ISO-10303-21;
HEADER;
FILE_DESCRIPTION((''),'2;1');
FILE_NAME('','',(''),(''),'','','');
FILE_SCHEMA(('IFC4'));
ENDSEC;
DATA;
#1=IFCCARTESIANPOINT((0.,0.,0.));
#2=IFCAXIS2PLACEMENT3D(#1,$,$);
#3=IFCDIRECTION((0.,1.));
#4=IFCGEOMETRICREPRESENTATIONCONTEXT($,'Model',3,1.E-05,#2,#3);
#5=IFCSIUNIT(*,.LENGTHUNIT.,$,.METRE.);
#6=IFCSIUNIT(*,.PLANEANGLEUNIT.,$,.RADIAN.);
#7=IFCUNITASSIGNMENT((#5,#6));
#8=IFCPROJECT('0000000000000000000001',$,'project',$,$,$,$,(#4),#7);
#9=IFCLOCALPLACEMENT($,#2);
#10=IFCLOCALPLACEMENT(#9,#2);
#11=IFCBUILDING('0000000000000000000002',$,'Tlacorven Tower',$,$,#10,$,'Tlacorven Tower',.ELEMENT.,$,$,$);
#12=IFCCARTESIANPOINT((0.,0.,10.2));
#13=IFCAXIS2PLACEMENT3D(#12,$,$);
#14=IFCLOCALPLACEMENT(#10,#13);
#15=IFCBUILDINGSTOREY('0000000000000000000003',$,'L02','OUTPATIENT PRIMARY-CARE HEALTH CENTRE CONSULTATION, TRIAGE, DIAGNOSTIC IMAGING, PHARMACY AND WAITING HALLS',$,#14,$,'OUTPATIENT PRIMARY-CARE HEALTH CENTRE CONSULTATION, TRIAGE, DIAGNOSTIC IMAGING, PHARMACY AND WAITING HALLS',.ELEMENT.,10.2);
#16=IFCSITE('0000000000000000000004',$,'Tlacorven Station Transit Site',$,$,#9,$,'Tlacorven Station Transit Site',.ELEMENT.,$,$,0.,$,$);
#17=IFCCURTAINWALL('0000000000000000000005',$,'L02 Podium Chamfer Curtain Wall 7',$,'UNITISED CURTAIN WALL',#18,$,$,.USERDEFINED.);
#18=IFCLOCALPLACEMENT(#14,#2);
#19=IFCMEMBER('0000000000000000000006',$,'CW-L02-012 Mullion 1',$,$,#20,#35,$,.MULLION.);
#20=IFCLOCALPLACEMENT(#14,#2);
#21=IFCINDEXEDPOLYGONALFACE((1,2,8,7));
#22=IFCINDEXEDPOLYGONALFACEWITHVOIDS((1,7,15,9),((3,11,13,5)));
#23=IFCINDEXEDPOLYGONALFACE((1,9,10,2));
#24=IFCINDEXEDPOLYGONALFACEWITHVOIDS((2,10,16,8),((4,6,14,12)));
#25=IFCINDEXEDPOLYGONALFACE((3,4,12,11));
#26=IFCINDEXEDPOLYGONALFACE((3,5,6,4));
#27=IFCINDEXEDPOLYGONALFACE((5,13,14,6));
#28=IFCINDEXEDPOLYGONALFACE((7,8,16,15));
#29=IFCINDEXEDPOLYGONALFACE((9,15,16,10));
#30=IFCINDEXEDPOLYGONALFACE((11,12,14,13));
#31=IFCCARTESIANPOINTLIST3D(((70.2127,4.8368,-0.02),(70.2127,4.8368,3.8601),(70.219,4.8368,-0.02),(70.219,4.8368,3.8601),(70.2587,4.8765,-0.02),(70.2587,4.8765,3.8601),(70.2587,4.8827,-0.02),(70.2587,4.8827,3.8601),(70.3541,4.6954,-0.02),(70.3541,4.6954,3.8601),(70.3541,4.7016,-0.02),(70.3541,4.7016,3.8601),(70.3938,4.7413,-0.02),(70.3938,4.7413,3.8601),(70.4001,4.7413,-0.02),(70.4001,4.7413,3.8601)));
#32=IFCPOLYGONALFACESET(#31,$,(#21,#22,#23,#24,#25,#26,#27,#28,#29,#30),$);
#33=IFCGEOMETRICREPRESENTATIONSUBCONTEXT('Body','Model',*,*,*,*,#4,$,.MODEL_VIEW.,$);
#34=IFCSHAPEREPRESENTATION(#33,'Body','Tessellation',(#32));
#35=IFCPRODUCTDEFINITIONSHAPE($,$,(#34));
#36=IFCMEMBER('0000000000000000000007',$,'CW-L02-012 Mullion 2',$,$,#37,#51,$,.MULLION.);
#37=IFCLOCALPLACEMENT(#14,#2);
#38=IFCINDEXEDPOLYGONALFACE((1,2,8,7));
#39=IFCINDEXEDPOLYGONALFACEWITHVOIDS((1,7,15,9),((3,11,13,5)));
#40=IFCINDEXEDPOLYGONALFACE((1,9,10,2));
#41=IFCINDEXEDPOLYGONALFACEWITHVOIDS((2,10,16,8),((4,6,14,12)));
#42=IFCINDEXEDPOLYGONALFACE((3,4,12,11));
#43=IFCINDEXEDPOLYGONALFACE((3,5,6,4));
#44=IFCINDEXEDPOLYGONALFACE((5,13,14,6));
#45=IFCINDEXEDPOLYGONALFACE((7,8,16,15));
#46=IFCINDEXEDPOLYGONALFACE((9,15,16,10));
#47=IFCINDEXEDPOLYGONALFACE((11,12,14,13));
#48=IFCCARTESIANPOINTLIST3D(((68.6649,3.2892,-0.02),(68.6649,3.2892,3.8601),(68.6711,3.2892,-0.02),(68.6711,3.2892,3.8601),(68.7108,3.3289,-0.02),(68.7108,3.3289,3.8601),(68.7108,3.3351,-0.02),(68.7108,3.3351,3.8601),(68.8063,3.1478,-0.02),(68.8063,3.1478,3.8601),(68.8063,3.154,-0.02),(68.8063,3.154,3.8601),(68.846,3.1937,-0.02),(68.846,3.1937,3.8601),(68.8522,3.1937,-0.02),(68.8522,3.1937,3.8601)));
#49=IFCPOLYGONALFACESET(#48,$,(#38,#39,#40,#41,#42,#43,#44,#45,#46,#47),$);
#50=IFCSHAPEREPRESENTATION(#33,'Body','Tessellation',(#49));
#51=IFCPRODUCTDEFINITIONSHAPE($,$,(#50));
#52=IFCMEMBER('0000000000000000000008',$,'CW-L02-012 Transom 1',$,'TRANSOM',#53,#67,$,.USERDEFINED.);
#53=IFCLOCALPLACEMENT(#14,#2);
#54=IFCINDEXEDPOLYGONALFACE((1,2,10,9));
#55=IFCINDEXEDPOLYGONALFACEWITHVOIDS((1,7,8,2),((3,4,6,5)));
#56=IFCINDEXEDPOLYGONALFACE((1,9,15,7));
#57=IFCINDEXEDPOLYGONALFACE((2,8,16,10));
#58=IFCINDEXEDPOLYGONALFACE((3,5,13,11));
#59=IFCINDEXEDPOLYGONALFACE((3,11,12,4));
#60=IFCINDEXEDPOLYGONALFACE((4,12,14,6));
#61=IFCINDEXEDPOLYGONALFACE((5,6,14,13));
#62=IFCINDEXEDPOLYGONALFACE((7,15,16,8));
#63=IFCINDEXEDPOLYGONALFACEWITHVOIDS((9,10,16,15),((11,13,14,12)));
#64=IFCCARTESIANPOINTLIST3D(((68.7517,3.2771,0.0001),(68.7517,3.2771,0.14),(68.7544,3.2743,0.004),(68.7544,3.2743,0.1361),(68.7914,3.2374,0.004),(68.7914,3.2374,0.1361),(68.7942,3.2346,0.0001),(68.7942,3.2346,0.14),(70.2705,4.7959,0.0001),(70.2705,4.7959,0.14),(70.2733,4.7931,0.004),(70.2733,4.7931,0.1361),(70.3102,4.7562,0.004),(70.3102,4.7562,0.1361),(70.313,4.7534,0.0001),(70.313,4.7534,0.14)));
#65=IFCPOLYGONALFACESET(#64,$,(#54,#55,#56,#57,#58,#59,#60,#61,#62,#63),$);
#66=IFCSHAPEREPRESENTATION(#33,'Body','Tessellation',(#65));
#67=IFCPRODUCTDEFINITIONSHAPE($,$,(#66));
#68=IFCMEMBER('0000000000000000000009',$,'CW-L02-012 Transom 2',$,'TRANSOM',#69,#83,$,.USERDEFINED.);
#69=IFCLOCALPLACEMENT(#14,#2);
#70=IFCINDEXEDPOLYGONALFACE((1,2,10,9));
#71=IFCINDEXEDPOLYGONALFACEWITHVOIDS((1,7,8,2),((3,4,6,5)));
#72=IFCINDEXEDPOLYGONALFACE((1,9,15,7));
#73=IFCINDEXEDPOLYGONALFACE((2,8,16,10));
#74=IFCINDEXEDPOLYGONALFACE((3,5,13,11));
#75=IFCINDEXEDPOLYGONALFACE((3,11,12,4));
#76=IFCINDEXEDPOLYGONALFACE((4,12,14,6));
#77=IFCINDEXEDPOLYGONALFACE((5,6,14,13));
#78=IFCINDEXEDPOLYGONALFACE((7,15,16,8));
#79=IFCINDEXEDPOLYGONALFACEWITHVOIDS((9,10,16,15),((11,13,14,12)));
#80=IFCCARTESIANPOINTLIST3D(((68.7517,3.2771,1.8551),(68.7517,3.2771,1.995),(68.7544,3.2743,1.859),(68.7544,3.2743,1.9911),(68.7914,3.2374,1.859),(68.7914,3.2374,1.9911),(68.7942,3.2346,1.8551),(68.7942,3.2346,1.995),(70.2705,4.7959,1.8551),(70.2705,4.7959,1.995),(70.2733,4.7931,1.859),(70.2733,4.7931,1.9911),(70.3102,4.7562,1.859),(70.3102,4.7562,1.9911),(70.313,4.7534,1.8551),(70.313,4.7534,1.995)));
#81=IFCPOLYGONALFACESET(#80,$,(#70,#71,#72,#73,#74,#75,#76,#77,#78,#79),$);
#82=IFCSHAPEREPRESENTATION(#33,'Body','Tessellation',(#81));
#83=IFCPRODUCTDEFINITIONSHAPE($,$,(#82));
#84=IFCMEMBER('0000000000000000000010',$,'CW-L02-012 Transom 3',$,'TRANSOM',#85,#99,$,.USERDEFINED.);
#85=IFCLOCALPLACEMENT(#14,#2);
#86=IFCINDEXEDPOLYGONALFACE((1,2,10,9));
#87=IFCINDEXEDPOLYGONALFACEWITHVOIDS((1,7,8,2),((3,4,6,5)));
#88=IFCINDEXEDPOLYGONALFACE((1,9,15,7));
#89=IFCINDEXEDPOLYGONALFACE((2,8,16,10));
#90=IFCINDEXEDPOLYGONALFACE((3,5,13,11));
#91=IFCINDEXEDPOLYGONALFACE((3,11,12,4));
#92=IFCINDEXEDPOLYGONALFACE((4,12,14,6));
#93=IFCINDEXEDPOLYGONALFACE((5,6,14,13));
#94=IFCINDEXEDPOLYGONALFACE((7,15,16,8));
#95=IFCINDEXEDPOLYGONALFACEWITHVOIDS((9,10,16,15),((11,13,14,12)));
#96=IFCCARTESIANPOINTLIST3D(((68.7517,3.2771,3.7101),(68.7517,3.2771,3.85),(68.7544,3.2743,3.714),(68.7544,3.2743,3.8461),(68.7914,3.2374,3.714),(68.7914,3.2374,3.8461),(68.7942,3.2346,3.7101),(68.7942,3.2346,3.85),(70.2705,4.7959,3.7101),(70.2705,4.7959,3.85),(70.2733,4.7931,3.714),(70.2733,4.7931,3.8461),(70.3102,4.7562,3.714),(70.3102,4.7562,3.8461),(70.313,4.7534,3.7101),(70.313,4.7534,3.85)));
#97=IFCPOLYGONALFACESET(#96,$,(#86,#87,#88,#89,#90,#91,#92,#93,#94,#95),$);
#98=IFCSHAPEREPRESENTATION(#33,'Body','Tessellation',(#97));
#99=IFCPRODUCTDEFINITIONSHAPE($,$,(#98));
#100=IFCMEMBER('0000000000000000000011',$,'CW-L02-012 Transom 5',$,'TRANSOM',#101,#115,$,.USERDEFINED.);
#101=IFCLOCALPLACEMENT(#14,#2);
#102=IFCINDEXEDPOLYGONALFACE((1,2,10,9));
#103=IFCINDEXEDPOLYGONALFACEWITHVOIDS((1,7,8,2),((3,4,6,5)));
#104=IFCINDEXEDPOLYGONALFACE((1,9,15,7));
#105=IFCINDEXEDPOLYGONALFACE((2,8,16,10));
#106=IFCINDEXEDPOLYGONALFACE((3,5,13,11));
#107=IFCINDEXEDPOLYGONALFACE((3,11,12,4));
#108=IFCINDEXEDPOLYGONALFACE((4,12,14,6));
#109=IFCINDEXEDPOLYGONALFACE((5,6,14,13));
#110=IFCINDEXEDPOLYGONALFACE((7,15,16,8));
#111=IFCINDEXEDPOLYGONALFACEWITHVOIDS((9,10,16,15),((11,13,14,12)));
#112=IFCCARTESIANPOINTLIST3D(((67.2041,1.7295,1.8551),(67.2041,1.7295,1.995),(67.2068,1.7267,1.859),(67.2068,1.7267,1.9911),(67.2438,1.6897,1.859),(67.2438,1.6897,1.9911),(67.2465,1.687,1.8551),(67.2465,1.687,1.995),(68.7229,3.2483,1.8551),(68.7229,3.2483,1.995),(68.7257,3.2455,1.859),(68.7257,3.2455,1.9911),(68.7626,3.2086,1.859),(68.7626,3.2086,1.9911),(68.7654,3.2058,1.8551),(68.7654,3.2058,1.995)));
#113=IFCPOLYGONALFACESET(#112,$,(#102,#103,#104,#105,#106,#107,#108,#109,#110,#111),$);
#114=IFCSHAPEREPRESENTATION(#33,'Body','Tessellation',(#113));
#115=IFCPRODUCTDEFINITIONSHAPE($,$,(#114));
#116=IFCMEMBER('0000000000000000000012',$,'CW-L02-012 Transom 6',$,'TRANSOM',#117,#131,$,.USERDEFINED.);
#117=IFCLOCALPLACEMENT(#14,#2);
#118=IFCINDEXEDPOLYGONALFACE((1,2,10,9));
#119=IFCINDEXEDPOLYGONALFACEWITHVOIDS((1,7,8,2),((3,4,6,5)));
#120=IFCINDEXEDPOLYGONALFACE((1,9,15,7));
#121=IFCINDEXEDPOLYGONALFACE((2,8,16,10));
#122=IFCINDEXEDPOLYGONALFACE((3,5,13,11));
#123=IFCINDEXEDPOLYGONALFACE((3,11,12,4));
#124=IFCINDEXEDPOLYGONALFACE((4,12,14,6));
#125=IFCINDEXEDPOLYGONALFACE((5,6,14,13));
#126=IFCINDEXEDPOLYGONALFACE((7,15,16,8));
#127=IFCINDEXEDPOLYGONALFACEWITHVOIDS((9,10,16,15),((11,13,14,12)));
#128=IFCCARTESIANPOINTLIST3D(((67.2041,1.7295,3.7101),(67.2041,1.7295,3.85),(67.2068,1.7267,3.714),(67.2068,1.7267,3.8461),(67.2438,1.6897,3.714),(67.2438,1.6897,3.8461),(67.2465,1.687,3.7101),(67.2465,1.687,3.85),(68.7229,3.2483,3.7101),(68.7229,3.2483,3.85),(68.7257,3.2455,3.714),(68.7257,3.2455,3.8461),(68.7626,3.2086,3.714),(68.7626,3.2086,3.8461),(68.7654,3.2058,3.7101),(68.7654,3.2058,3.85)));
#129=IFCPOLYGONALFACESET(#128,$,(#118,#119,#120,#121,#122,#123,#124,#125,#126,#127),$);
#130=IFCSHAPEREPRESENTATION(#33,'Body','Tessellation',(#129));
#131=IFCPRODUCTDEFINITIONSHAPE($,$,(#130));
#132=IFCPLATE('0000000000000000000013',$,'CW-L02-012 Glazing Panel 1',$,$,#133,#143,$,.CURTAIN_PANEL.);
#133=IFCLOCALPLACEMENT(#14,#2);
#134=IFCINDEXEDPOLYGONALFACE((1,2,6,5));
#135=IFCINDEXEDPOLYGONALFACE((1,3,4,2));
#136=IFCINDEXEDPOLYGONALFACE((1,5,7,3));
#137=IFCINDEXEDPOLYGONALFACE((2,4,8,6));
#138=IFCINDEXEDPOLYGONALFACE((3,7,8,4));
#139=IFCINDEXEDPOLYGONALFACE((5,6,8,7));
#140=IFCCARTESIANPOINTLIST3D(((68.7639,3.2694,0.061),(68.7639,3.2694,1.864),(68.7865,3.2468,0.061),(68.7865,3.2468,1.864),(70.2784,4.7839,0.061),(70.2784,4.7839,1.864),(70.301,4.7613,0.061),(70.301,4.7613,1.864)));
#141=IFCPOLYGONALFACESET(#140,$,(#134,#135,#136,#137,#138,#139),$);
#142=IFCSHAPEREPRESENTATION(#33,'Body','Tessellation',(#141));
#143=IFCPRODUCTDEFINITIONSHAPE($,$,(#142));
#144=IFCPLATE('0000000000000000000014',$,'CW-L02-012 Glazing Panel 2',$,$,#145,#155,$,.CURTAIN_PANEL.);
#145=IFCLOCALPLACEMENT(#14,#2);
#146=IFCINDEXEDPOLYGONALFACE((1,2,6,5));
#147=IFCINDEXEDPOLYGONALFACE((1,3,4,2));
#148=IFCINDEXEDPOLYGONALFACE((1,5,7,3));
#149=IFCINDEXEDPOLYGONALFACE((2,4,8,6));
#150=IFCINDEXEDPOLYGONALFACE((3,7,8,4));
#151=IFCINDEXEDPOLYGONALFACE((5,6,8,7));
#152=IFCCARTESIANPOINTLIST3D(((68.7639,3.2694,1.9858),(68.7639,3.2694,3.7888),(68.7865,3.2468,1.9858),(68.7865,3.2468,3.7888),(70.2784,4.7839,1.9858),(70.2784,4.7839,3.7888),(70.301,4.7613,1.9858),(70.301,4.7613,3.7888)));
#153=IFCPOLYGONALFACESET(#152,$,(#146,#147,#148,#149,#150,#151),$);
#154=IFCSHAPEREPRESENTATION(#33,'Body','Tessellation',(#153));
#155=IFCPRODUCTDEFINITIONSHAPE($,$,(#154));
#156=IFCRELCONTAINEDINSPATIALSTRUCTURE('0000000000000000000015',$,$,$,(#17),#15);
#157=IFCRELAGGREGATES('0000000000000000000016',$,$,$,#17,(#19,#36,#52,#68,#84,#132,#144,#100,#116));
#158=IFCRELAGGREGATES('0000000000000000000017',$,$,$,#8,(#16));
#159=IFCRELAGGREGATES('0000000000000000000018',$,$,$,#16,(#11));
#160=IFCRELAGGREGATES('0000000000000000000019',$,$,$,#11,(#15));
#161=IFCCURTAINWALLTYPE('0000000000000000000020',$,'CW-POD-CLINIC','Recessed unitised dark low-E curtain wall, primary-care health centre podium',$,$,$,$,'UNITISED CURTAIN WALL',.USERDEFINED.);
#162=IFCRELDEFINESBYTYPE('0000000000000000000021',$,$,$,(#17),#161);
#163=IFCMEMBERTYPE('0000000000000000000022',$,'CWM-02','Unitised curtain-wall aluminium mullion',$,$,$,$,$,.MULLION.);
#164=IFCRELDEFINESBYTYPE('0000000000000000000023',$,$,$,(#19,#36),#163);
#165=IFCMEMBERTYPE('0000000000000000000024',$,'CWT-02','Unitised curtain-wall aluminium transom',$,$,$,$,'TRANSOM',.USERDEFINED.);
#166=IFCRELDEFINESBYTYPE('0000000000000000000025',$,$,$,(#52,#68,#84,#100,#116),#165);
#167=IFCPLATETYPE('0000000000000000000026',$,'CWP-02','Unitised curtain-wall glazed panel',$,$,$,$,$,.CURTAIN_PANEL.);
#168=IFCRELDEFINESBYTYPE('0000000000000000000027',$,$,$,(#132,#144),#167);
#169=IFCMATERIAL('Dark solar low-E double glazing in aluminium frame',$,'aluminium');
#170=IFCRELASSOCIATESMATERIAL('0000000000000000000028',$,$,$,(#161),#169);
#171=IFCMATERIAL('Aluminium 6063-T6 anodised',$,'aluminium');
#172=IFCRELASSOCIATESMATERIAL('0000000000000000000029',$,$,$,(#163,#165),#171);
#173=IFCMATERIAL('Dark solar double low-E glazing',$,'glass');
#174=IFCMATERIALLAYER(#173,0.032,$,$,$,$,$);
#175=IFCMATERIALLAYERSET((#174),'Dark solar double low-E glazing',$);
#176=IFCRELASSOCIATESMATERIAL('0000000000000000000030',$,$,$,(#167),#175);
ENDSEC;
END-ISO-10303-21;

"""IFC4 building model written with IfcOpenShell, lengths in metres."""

from ifc_helpers import new_model, si_unit, direction, frame, origin, origin_2d, place, context, subcontext, project, spatial, rectangle, hollow_rectangle, extrude, source, transform, mapped, material, layer, layer_set, material_profile, profile_set, type_object, element, aggregate, save


model = new_model("IFC4")

# Units and contexts
model_context = context("Model", 3, precision=1e-05, world=origin(), true_north=direction((0.0, 1.0)))
body_context = subcontext(model_context, "Body", "Model", "MODEL_VIEW")
ifc_project = project(units=[si_unit("LENGTHUNIT", "METRE"), si_unit("PLANEANGLEUNIT", "RADIAN")], contexts=[model_context])

# Site, building, storey
site_placement = place(None, origin())
site = spatial("IfcSite", under=ifc_project, at=site_placement, Name="Tlacorven Station Transit Site", LongName="Tlacorven Station Transit Site", CompositionType="ELEMENT", RefElevation=0.0)
building_placement = place(site_placement, origin())
building = spatial("IfcBuilding", under=site, at=building_placement, Name="Tlacorven Tower", LongName="Tlacorven Tower", CompositionType="ELEMENT")
storey_placement = place(building_placement, frame((0.0, 0.0, 10.2)))
storey = spatial("IfcBuildingStorey", under=building, at=storey_placement, Name="L02", Description="OUTPATIENT PRIMARY-CARE HEALTH CENTRE CONSULTATION, TRIAGE, DIAGNOSTIC IMAGING, PHARMACY AND WAITING HALLS", LongName="OUTPATIENT PRIMARY-CARE HEALTH CENTRE CONSULTATION, TRIAGE, DIAGNOSTIC IMAGING, PHARMACY AND WAITING HALLS", CompositionType="ELEMENT", Elevation=10.2)

# Curtain wall, members, plates
ifc_material_1 = material(Name="Dark solar low-E double glazing in aluminium frame", Category="aluminium")
curtain_wall_type = type_object("IfcCurtainWallType", Name="CW-POD-CLINIC", Description="Recessed unitised dark low-E curtain wall, primary-care health centre podium", ElementType="UNITISED CURTAIN WALL", PredefinedType="USERDEFINED", material=ifc_material_1)
curtain_wall_placement = place(storey_placement, origin())
curtain_wall = element("IfcCurtainWall", 1, at=curtain_wall_placement, inside=storey, type_object=curtain_wall_type, Name="L02 Podium Chamfer Curtain Wall 7", ObjectType="UNITISED CURTAIN WALL", PredefinedType="USERDEFINED")
ifc_material_2 = material(Name="Aluminium 6063-T6 anodised", Category="aluminium")
ifc_material_profile_1 = material_profile(ifc_material_2, hollow_rectangle(XDim=0.0649, YDim=0.2, WallThickness=0.0044, at=origin_2d()), Name="ALU MULLION 65X200")
ifc_profile_set_1 = profile_set([ifc_material_profile_1], Name="Aluminium 6063-T6 anodised")
member_type_1 = type_object("IfcMemberType", Name="CWM-02", Description="Unitised curtain-wall aluminium mullion", PredefinedType="MULLION", material=ifc_profile_set_1)
shared_shape_1 = source(origin(), body_context, "Body", "SweptSolid", [
    extrude(hollow_rectangle(XDim=0.0649, YDim=0.2, WallThickness=0.0044, at=origin_2d()), origin(), (0.0, 0.0, 1.0), 3.8801),
])
member_1_placement = place(storey_placement, frame((70.3064, 4.7891, -0.02), z_axis=(0.0, 0.0, 1.0), x_axis=(-0.707107, -0.707107, 0.0)))
member_1 = element("IfcMember", 2, at=member_1_placement, type_object=member_type_1, Name="CW-L02-012 Mullion 1", PredefinedType="MULLION", context=body_context, shape_type="MappedRepresentation", body=[
    mapped(shared_shape_1, transform((0.0, 0.0, 0.0), scale=1.0)),
])
member_2_placement = place(storey_placement, frame((68.7585, 3.2415, -0.02), z_axis=(0.0, 0.0, 1.0), x_axis=(-0.707107, -0.707107, 0.0)))
member_2 = element("IfcMember", 3, at=member_2_placement, type_object=member_type_1, Name="CW-L02-012 Mullion 2", PredefinedType="MULLION", context=body_context, shape_type="MappedRepresentation", body=[
    mapped(shared_shape_1, transform((0.0, 0.0, 0.0), scale=1.0)),
])
ifc_material_profile_2 = material_profile(ifc_material_2, hollow_rectangle(XDim=0.0601, YDim=0.1399, WallThickness=0.0039, at=origin_2d()), Name="ALU TRANSOM 60X140")
ifc_profile_set_2 = profile_set([ifc_material_profile_2], Name="Aluminium 6063-T6 anodised")
member_type_2 = type_object("IfcMemberType", Name="CWT-02", Description="Unitised curtain-wall aluminium transom", ElementType="TRANSOM", PredefinedType="USERDEFINED", material=ifc_profile_set_2)
shared_shape_2 = source(origin(), body_context, "Body", "SweptSolid", [
    extrude(hollow_rectangle(XDim=0.0601, YDim=0.1399, WallThickness=0.0039, at=origin_2d()), origin(), (0.0, 0.0, 1.0), 2.1479),
])
member_3_placement = place(storey_placement, frame((70.2917, 4.7747, 0.0701), z_axis=(-0.707107, -0.707107, 0.0), x_axis=(0.707107, -0.707107, 0.0)))
member_3 = element("IfcMember", 4, at=member_3_placement, type_object=member_type_2, Name="CW-L02-012 Transom 1", ObjectType="TRANSOM", PredefinedType="USERDEFINED", context=body_context, shape_type="MappedRepresentation", body=[
    mapped(shared_shape_2, transform((0.0, 0.0, 0.0), scale=1.0)),
])
member_4_placement = place(storey_placement, frame((70.2917, 4.7747, 1.925), z_axis=(-0.707107, -0.707107, 0.0), x_axis=(0.707107, -0.707107, 0.0)))
member_4 = element("IfcMember", 5, at=member_4_placement, type_object=member_type_2, Name="CW-L02-012 Transom 2", ObjectType="TRANSOM", PredefinedType="USERDEFINED", context=body_context, shape_type="MappedRepresentation", body=[
    mapped(shared_shape_2, transform((0.0, 0.0, 0.0), scale=1.0)),
])
member_5_placement = place(storey_placement, frame((70.2917, 4.7747, 3.78), z_axis=(-0.707107, -0.707107, 0.0), x_axis=(0.707107, -0.707107, 0.0)))
member_5 = element("IfcMember", 6, at=member_5_placement, type_object=member_type_2, Name="CW-L02-012 Transom 3", ObjectType="TRANSOM", PredefinedType="USERDEFINED", context=body_context, shape_type="MappedRepresentation", body=[
    mapped(shared_shape_2, transform((0.0, 0.0, 0.0), scale=1.0)),
])
member_6_placement = place(storey_placement, frame((68.7441, 3.2271, 1.925), z_axis=(-0.707107, -0.707107, 0.0), x_axis=(0.707107, -0.707107, 0.0)))
member_6 = element("IfcMember", 7, at=member_6_placement, type_object=member_type_2, Name="CW-L02-012 Transom 5", ObjectType="TRANSOM", PredefinedType="USERDEFINED", context=body_context, shape_type="MappedRepresentation", body=[
    mapped(shared_shape_2, transform((0.0, 0.0, 0.0), scale=1.0)),
])
member_7_placement = place(storey_placement, frame((68.7441, 3.2271, 3.78), z_axis=(-0.707107, -0.707107, 0.0), x_axis=(0.707107, -0.707107, 0.0)))
member_7 = element("IfcMember", 8, at=member_7_placement, type_object=member_type_2, Name="CW-L02-012 Transom 6", ObjectType="TRANSOM", PredefinedType="USERDEFINED", context=body_context, shape_type="MappedRepresentation", body=[
    mapped(shared_shape_2, transform((0.0, 0.0, 0.0), scale=1.0)),
])
ifc_material_3 = material(Name="Dark solar double low-E glazing", Category="glass")
ifc_layer = layer(ifc_material_3, 0.032)
ifc_layer_set = layer_set([ifc_layer], Name="Dark solar double low-E glazing")
plate_type = type_object("IfcPlateType", Name="CWP-02", Description="Unitised curtain-wall glazed panel", PredefinedType="CURTAIN_PANEL", material=ifc_layer_set)
shared_shape_3 = source(origin(), body_context, "Body", "SweptSolid", [
    extrude(rectangle(XDim=2.1418, YDim=0.032, at=origin_2d()), origin(), (0.0, 0.0, 1.0), 1.803),
])
plate_1_placement = place(storey_placement, frame((69.5325, 4.0154, 0.061), z_axis=(0.0, 0.0, 1.0), x_axis=(-0.707107, -0.707107, 0.0)))
plate_1 = element("IfcPlate", 9, at=plate_1_placement, type_object=plate_type, Name="CW-L02-012 Glazing Panel 1", PredefinedType="CURTAIN_PANEL", context=body_context, shape_type="MappedRepresentation", body=[
    mapped(shared_shape_3, transform((0.0, 0.0, 0.0), scale=1.0)),
])
plate_2_placement = place(storey_placement, frame((69.5325, 4.0154, 1.9858), z_axis=(0.0, 0.0, 1.0), x_axis=(-0.707107, -0.707107, 0.0)))
plate_2 = element("IfcPlate", 10, at=plate_2_placement, type_object=plate_type, Name="CW-L02-012 Glazing Panel 2", PredefinedType="CURTAIN_PANEL", context=body_context, shape_type="MappedRepresentation", body=[
    mapped(shared_shape_3, transform((0.0, 0.0, 0.0), scale=1.0)),
])
aggregate(curtain_wall, [member_1, member_2, member_3, member_4, member_5, plate_1, plate_2, member_6, member_7])

save(model, "model.ifc")
